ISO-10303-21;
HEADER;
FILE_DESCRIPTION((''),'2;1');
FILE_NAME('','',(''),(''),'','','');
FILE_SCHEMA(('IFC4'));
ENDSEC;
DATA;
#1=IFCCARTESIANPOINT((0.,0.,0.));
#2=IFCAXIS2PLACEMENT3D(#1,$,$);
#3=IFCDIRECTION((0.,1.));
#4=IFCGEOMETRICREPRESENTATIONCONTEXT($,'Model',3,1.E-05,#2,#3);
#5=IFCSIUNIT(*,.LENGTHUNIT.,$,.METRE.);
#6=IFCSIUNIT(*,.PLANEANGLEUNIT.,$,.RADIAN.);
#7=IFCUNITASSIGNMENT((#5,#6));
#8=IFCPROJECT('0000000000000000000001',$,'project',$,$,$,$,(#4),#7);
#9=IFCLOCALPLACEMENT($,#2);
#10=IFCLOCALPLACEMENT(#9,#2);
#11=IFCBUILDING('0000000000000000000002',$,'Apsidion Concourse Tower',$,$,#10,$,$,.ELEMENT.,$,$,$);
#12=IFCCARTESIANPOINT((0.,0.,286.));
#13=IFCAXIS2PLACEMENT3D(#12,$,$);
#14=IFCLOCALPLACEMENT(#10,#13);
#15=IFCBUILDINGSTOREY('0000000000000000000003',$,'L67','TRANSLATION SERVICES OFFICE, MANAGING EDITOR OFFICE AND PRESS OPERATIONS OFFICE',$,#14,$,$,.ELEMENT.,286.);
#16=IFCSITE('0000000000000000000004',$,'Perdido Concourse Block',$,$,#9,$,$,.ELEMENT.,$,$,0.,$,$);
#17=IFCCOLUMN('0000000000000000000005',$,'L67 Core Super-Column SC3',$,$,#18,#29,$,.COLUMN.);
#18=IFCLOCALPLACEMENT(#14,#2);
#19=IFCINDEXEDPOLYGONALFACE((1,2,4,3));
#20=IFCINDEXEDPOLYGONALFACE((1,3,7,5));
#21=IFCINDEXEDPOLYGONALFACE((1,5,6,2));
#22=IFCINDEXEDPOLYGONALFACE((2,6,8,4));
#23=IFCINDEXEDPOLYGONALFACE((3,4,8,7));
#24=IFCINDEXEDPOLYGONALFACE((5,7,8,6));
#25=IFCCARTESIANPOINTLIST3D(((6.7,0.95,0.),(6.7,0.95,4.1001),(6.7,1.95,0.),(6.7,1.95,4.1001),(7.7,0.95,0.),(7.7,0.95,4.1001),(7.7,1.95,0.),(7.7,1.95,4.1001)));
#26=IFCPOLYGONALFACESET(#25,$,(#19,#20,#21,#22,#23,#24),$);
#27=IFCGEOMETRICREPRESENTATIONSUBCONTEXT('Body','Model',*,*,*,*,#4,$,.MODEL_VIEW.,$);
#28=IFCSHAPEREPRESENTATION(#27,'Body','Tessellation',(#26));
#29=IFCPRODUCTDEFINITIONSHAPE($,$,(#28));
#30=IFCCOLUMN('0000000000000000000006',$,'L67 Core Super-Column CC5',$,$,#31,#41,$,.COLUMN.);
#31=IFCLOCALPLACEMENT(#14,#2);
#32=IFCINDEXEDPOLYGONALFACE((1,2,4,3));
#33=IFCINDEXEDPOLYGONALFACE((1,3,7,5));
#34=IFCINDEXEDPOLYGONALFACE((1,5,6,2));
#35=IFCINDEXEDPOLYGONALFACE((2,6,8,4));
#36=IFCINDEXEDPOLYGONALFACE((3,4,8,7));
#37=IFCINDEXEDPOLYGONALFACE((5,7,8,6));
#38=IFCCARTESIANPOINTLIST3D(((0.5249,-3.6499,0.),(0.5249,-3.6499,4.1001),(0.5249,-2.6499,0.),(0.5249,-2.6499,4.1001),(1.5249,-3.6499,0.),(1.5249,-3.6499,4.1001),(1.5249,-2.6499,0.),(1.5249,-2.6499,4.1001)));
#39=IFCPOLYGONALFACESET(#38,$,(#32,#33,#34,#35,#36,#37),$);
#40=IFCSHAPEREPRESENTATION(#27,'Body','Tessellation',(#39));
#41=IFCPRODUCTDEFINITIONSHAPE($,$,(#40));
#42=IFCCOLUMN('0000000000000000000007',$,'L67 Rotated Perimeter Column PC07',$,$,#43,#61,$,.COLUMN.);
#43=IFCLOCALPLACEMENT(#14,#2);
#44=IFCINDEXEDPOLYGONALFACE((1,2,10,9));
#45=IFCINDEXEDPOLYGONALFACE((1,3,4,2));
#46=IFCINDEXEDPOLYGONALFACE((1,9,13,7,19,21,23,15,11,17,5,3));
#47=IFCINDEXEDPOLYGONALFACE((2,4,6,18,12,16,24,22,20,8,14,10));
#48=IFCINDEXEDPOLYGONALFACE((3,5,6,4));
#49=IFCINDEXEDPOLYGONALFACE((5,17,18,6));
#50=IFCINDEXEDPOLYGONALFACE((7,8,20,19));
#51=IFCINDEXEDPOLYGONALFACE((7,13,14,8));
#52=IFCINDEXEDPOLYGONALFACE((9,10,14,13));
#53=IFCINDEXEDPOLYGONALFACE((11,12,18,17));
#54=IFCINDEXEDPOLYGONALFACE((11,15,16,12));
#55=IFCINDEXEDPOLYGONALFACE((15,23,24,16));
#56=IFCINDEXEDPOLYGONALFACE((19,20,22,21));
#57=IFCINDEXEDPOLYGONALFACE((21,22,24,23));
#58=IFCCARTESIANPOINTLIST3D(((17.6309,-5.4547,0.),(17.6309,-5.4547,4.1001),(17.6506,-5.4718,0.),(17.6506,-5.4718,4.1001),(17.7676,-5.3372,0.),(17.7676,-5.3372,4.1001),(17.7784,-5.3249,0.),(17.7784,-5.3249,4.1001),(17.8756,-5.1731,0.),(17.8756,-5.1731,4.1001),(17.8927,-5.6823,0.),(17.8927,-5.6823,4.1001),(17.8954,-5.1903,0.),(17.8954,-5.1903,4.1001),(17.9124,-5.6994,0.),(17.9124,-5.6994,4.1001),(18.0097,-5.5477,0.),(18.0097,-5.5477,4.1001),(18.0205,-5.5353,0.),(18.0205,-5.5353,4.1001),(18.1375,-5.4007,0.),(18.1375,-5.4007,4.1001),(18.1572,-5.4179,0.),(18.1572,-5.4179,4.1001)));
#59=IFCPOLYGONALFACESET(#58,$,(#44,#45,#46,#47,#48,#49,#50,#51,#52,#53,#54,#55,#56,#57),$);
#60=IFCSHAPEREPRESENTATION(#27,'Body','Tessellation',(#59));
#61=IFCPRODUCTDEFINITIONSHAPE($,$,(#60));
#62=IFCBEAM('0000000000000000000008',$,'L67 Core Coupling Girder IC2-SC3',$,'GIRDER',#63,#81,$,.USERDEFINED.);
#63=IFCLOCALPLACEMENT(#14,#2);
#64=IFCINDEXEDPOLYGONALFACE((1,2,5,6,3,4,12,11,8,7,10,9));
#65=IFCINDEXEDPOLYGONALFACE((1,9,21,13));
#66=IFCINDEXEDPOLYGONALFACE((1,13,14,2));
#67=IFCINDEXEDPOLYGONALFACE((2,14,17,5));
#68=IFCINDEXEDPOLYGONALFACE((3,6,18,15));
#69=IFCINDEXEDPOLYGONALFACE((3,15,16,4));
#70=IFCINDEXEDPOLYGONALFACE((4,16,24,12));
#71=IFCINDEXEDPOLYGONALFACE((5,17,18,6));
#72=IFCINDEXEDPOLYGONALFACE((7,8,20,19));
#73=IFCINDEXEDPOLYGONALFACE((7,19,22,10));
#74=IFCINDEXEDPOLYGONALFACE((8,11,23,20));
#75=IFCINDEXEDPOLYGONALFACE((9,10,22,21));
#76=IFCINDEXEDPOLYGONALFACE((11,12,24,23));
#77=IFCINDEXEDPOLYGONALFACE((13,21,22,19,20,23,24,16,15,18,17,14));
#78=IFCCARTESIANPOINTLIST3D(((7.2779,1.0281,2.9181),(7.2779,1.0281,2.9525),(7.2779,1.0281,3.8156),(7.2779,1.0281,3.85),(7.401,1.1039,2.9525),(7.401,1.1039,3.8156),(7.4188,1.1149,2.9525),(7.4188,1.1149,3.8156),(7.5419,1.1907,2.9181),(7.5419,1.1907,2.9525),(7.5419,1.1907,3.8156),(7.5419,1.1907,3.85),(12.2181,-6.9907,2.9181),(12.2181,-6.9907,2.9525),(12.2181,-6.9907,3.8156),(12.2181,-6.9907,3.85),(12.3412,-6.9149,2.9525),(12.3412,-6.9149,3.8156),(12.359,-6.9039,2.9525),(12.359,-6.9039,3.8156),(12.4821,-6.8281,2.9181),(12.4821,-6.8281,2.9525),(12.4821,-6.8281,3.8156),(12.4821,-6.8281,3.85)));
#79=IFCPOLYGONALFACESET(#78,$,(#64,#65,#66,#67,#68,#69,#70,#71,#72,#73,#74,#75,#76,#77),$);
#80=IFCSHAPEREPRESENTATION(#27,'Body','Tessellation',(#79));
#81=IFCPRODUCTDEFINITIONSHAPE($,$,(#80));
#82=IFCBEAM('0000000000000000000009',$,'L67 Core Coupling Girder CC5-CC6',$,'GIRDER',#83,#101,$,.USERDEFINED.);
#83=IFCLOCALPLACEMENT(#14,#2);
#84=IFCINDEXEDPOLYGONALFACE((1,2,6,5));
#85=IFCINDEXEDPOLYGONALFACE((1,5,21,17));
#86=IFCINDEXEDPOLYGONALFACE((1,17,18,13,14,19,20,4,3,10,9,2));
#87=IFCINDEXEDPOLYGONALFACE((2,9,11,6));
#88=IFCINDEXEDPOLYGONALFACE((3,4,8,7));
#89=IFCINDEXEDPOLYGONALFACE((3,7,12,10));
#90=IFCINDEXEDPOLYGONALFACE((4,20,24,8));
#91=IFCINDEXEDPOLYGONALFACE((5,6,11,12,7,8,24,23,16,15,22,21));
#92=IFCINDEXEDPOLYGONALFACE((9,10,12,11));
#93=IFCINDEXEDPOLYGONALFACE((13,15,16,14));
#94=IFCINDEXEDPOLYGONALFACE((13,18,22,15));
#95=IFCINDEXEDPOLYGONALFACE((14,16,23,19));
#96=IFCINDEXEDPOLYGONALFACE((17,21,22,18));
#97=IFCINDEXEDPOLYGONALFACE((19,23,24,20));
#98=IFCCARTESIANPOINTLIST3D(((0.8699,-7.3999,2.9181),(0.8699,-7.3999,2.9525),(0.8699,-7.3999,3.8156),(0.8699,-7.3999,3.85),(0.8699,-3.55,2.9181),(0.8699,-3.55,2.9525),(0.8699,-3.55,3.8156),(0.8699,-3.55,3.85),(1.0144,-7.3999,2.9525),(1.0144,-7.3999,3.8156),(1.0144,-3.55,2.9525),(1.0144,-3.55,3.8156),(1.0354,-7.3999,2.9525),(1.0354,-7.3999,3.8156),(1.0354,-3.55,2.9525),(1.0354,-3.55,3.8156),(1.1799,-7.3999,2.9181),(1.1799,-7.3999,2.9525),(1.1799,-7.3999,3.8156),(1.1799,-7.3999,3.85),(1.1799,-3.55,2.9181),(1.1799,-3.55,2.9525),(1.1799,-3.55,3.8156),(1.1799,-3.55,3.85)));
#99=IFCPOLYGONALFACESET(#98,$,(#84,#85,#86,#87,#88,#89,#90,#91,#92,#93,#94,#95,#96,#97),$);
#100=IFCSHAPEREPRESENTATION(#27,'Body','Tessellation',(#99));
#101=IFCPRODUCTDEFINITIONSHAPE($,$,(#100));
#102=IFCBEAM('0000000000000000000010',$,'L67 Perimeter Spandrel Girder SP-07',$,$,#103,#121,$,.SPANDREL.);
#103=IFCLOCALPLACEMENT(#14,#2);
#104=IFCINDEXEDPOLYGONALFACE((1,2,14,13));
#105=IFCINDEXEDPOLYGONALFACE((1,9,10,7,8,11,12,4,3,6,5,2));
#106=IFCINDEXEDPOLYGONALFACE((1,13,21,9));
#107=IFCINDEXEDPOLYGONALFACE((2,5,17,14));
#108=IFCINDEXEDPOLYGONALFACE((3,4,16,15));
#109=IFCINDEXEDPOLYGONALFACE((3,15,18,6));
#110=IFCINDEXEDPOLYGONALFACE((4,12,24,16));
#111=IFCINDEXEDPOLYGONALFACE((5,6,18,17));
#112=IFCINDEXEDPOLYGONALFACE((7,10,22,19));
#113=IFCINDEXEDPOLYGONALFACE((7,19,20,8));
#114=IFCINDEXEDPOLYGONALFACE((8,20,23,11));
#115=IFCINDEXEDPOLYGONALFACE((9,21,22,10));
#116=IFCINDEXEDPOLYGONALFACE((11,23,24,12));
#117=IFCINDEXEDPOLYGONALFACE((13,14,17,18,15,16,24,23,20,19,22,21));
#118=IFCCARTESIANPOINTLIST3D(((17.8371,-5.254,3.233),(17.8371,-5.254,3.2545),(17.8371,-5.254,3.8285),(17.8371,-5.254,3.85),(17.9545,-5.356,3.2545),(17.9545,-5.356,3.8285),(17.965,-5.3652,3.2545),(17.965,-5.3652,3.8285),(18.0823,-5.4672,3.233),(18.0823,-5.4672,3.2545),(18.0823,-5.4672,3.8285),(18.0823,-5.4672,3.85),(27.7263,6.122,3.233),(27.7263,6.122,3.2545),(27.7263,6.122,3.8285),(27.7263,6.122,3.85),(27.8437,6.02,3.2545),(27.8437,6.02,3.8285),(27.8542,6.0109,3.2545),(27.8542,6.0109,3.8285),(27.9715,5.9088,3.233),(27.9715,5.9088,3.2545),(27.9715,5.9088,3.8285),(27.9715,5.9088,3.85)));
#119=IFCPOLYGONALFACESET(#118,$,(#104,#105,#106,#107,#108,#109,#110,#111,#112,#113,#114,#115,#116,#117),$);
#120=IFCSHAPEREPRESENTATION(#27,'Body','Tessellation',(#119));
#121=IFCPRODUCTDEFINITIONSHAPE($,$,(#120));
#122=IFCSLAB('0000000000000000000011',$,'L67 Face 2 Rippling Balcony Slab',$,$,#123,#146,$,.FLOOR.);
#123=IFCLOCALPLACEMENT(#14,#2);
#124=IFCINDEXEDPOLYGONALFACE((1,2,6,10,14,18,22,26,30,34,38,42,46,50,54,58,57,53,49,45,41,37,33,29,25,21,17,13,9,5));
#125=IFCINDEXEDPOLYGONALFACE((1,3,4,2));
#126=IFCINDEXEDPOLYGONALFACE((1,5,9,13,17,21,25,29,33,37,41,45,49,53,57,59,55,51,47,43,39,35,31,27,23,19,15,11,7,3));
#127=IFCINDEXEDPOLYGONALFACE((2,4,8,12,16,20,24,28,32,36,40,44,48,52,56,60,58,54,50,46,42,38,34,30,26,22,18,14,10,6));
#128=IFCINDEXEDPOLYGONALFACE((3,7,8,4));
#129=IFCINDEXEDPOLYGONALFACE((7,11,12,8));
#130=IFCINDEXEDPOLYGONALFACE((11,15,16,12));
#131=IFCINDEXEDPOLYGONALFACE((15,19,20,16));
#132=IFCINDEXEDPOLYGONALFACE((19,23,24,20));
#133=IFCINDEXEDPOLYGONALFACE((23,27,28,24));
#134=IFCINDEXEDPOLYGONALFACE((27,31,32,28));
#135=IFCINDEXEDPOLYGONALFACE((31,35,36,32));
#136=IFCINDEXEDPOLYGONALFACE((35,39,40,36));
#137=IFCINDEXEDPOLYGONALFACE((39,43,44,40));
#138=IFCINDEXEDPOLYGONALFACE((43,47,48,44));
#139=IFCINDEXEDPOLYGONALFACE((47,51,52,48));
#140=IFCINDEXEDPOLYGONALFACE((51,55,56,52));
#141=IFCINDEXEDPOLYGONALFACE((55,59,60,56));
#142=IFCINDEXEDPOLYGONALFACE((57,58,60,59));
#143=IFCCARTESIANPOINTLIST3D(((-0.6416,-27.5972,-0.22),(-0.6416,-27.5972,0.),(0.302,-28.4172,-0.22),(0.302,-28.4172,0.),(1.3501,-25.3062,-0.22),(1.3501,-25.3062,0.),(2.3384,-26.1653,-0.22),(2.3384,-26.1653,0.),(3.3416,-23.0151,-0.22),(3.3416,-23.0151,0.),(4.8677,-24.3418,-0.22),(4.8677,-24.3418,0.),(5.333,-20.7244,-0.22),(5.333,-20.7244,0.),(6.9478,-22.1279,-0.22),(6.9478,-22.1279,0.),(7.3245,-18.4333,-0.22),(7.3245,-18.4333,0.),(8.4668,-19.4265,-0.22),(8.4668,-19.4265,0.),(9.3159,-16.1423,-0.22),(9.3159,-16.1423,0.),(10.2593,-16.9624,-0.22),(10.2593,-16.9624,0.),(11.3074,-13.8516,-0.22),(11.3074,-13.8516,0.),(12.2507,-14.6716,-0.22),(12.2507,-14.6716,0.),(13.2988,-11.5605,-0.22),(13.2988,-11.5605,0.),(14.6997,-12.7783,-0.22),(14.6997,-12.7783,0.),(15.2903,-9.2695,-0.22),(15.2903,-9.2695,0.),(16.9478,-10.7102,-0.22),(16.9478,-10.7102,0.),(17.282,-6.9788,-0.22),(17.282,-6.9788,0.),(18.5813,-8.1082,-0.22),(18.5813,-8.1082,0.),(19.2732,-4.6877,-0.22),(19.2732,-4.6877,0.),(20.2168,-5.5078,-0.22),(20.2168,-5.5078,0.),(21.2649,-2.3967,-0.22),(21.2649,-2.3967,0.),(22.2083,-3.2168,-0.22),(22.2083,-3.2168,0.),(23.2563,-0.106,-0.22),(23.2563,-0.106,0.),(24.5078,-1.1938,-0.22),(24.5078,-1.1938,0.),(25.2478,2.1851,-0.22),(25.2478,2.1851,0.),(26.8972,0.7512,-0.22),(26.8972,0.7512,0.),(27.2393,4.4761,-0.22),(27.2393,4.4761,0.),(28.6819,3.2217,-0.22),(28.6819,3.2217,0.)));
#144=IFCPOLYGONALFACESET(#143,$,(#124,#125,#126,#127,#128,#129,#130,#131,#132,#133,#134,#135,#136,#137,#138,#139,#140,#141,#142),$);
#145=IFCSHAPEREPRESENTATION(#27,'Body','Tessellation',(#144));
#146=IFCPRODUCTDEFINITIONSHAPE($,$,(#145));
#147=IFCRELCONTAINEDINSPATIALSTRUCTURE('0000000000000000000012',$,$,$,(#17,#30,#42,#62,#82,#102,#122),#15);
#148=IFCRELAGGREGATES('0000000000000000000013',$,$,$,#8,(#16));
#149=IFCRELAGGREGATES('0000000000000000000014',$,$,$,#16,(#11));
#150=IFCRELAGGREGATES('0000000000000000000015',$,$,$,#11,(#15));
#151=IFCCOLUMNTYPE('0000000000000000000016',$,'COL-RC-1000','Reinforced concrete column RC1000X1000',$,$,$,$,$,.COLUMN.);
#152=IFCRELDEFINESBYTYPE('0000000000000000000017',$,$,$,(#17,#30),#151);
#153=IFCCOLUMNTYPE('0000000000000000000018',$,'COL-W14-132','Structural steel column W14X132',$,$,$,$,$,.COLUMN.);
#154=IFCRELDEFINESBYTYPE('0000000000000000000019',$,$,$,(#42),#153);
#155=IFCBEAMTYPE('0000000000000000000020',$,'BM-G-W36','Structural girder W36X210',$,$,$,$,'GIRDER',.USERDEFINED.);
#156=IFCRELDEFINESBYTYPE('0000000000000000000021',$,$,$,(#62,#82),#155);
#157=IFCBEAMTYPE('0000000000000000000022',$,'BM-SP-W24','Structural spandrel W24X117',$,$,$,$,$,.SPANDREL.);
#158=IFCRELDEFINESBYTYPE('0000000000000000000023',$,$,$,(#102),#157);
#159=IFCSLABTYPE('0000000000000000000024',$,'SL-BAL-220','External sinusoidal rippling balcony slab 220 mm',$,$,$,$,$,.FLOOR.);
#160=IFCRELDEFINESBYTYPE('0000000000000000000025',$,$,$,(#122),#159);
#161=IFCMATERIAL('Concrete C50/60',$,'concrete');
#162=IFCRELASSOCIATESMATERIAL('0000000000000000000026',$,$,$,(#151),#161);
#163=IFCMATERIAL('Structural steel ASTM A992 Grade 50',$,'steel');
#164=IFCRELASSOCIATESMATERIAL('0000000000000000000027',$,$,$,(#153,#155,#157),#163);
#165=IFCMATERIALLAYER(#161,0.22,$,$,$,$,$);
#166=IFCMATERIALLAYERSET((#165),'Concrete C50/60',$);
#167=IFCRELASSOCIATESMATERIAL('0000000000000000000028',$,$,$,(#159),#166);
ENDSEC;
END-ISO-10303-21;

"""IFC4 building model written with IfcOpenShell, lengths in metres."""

from ifc_helpers import new_model, si_unit, direction, frame, origin, origin_2d, place, context, subcontext, project, spatial, polyline, rectangle, i_section, outline, extrude, material, layer, layer_set, material_profile, profile_set, type_object, element, save


model = new_model("IFC4")

# Units and contexts
model_context = context("Model", 3, precision=1e-05, world=origin(), true_north=direction((0.0, 1.0)))
body_context = subcontext(model_context, "Body", "Model", "MODEL_VIEW")
ifc_project = project(units=[si_unit("LENGTHUNIT", "METRE"), si_unit("PLANEANGLEUNIT", "RADIAN")], contexts=[model_context])

# Site, building, storey
site_placement = place(None, origin())
site = spatial("IfcSite", under=ifc_project, at=site_placement, Name="Perdido Concourse Block", CompositionType="ELEMENT", RefElevation=0.0)
building_placement = place(site_placement, origin())
building = spatial("IfcBuilding", under=site, at=building_placement, Name="Apsidion Concourse Tower", CompositionType="ELEMENT")
storey_placement = place(building_placement, frame((0.0, 0.0, 286.0)))
storey = spatial("IfcBuildingStorey", under=building, at=storey_placement, Name="L67", Description="TRANSLATION SERVICES OFFICE, MANAGING EDITOR OFFICE AND PRESS OPERATIONS OFFICE", CompositionType="ELEMENT", Elevation=286.0)

# Columns
ifc_material_1 = material(Name="Concrete C50/60", Category="concrete")
ifc_material_profile_1 = material_profile(ifc_material_1, rectangle(XDim=1.0, YDim=1.0, at=origin_2d()), Name="RC 1000x1000")
ifc_profile_set_1 = profile_set([ifc_material_profile_1], Name="Concrete C50/60")
column_type_1 = type_object("IfcColumnType", Name="COL-RC-1000", Description="Reinforced concrete column RC1000X1000", PredefinedType="COLUMN", material=ifc_profile_set_1)
for number, where, z_axis, x_axis, name in (
    (1, (7.2, 1.45, 0.0), (0.0, 0.0, 1.0), (1.0, 0.0, 0.0), "L67 Core Super-Column SC3"),
    (2, (1.0249, -3.1499, 0.0), (0.0, 0.0, 1.0), (1.0, 0.0, 0.0), "L67 Core Super-Column CC5"),
):
    element("IfcColumn", number, at=place(storey_placement, frame(where, z_axis=z_axis, x_axis=x_axis)), inside=storey, type_object=column_type_1, Name=name, PredefinedType="COLUMN", context=body_context, shape_type="SweptSolid", body=[
        extrude(rectangle(XDim=1.0, YDim=1.0, at=origin_2d()), origin(), (0.0, 0.0, 1.0), 4.1001),
    ])
ifc_material_2 = material(Name="Structural steel ASTM A992 Grade 50", Category="steel")
ifc_material_profile_2 = material_profile(ifc_material_2, i_section(OverallWidth=0.373, OverallDepth=0.373, WebThickness=0.0164, FlangeThickness=0.0261, at=origin_2d()), Name="W14X132")
ifc_profile_set_2 = profile_set([ifc_material_profile_2], Name="Structural steel ASTM A992 Grade 50")
column_type_2 = type_object("IfcColumnType", Name="COL-W14-132", Description="Structural steel column W14X132", PredefinedType="COLUMN", material=ifc_profile_set_2)
column_placement = place(storey_placement, frame((17.894, -5.4363, 0.0), z_axis=(0.0, 0.0, 1.0), x_axis=(0.656059, 0.75471, 0.0)))
element("IfcColumn", 3, at=column_placement, inside=storey, type_object=column_type_2, Name="L67 Rotated Perimeter Column PC07", PredefinedType="COLUMN", context=body_context, shape_type="SweptSolid", body=[
    extrude(i_section(OverallWidth=0.373, OverallDepth=0.373, WebThickness=0.0164, FlangeThickness=0.0261, at=origin_2d()), origin(), (0.0, 0.0, 1.0), 4.1001),
])

# Beams
ifc_material_profile_3 = material_profile(ifc_material_2, i_section(OverallWidth=0.3101, OverallDepth=0.9319, WebThickness=0.021, FlangeThickness=0.0344, at=origin_2d()), Name="W36X210")
ifc_profile_set_3 = profile_set([ifc_material_profile_3], Name="Structural steel ASTM A992 Grade 50")
beam_type_1 = type_object("IfcBeamType", Name="BM-G-W36", Description="Structural girder W36X210", ElementType="GIRDER", PredefinedType="USERDEFINED", material=ifc_profile_set_3)
beam_1_placement = place(storey_placement, frame((12.3501, -6.9094, 3.384), z_axis=(-0.524524, 0.851396, 0.0), x_axis=(-0.851396, -0.524524, 0.0)))
element("IfcBeam", 4, at=beam_1_placement, inside=storey, type_object=beam_type_1, Name="L67 Core Coupling Girder IC2-SC3", ObjectType="GIRDER", PredefinedType="USERDEFINED", context=body_context, shape_type="SweptSolid", body=[
    extrude(i_section(OverallWidth=0.3101, OverallDepth=0.9319, WebThickness=0.021, FlangeThickness=0.0344, at=origin_2d()), origin(), (0.0, 0.0, 1.0), 9.4185),
])
beam_2_placement = place(storey_placement, frame((1.0249, -3.55, 3.384), z_axis=(0.0, -1.0, 0.0), x_axis=(1.0, 0.0, 0.0)))
element("IfcBeam", 5, at=beam_2_placement, inside=storey, type_object=beam_type_1, Name="L67 Core Coupling Girder CC5-CC6", ObjectType="GIRDER", PredefinedType="USERDEFINED", context=body_context, shape_type="SweptSolid", body=[
    extrude(i_section(OverallWidth=0.3101, OverallDepth=0.9319, WebThickness=0.021, FlangeThickness=0.0344, at=origin_2d()), origin(), (0.0, 0.0, 1.0), 3.8499),
])
ifc_material_profile_4 = material_profile(ifc_material_2, i_section(OverallWidth=0.325, OverallDepth=0.6169, WebThickness=0.0139, FlangeThickness=0.0215, at=origin_2d()), Name="W24X117")
ifc_profile_set_4 = profile_set([ifc_material_profile_4], Name="Structural steel ASTM A992 Grade 50")
beam_type_2 = type_object("IfcBeamType", Name="BM-SP-W24", Description="Structural spandrel W24X117", PredefinedType="SPANDREL", material=ifc_profile_set_4)
beam_3_placement = place(storey_placement, frame((17.9597, -5.3606, 3.5415), z_axis=(0.656066, 0.754704, 0.0), x_axis=(-0.754704, 0.656066, 0.0)))
element("IfcBeam", 6, at=beam_3_placement, inside=storey, type_object=beam_type_2, Name="L67 Perimeter Spandrel Girder SP-07", PredefinedType="SPANDREL", context=body_context, shape_type="SweptSolid", body=[
    extrude(i_section(OverallWidth=0.325, OverallDepth=0.6169, WebThickness=0.0139, FlangeThickness=0.0215, at=origin_2d()), origin(), (0.0, 0.0, 1.0), 15.0735),
])

# Slab
ifc_layer_1 = layer(ifc_material_1, 0.22)
ifc_layer_set_1 = layer_set([ifc_layer_1], Name="Concrete C50/60")
slab_type_1 = type_object("IfcSlabType", Name="SL-BAL-220", Description="External sinusoidal rippling balcony slab 220 mm", PredefinedType="FLOOR", material=ifc_layer_set_1)
slab_1_placement = place(storey_placement, frame((0.0, 0.0, -0.22)))
element("IfcSlab", 7, at=slab_1_placement, inside=storey, type_object=slab_type_1, Name="L67 Face 2 Rippling Balcony Slab", PredefinedType="FLOOR", context=body_context, shape_type="SweptSolid", body=[
    extrude(outline(polyline([(-0.6416, -27.5972), (1.3501, -25.3062), (3.3416, -23.0151), (5.333, -20.7244), (7.3245, -18.4333), (9.3159, -16.1423), (11.3074, -13.8516), (13.2988, -11.5605), (15.2903, -9.2695), (17.282, -6.9788), (19.2732, -4.6877), (21.2649, -2.3967), (23.2563, -0.106), (25.2478, 2.1851), (27.2393, 4.4761), (28.6819, 3.2217), (26.8972, 0.7512), (24.5078, -1.1938), (22.2083, -3.2168), (20.2168, -5.5078), (18.5813, -8.1082), (16.9478, -10.7102), (14.6997, -12.7783), (12.2507, -14.6716), (10.2593, -16.9624), (8.4668, -19.4265), (6.9478, -22.1279), (4.8677, -24.3418), (2.3384, -26.1653), (0.302, -28.4172), (-0.6416, -27.5972)])), origin(), (0.0, 0.0, 1.0), 0.22),
])

save(model, "model.ifc")
